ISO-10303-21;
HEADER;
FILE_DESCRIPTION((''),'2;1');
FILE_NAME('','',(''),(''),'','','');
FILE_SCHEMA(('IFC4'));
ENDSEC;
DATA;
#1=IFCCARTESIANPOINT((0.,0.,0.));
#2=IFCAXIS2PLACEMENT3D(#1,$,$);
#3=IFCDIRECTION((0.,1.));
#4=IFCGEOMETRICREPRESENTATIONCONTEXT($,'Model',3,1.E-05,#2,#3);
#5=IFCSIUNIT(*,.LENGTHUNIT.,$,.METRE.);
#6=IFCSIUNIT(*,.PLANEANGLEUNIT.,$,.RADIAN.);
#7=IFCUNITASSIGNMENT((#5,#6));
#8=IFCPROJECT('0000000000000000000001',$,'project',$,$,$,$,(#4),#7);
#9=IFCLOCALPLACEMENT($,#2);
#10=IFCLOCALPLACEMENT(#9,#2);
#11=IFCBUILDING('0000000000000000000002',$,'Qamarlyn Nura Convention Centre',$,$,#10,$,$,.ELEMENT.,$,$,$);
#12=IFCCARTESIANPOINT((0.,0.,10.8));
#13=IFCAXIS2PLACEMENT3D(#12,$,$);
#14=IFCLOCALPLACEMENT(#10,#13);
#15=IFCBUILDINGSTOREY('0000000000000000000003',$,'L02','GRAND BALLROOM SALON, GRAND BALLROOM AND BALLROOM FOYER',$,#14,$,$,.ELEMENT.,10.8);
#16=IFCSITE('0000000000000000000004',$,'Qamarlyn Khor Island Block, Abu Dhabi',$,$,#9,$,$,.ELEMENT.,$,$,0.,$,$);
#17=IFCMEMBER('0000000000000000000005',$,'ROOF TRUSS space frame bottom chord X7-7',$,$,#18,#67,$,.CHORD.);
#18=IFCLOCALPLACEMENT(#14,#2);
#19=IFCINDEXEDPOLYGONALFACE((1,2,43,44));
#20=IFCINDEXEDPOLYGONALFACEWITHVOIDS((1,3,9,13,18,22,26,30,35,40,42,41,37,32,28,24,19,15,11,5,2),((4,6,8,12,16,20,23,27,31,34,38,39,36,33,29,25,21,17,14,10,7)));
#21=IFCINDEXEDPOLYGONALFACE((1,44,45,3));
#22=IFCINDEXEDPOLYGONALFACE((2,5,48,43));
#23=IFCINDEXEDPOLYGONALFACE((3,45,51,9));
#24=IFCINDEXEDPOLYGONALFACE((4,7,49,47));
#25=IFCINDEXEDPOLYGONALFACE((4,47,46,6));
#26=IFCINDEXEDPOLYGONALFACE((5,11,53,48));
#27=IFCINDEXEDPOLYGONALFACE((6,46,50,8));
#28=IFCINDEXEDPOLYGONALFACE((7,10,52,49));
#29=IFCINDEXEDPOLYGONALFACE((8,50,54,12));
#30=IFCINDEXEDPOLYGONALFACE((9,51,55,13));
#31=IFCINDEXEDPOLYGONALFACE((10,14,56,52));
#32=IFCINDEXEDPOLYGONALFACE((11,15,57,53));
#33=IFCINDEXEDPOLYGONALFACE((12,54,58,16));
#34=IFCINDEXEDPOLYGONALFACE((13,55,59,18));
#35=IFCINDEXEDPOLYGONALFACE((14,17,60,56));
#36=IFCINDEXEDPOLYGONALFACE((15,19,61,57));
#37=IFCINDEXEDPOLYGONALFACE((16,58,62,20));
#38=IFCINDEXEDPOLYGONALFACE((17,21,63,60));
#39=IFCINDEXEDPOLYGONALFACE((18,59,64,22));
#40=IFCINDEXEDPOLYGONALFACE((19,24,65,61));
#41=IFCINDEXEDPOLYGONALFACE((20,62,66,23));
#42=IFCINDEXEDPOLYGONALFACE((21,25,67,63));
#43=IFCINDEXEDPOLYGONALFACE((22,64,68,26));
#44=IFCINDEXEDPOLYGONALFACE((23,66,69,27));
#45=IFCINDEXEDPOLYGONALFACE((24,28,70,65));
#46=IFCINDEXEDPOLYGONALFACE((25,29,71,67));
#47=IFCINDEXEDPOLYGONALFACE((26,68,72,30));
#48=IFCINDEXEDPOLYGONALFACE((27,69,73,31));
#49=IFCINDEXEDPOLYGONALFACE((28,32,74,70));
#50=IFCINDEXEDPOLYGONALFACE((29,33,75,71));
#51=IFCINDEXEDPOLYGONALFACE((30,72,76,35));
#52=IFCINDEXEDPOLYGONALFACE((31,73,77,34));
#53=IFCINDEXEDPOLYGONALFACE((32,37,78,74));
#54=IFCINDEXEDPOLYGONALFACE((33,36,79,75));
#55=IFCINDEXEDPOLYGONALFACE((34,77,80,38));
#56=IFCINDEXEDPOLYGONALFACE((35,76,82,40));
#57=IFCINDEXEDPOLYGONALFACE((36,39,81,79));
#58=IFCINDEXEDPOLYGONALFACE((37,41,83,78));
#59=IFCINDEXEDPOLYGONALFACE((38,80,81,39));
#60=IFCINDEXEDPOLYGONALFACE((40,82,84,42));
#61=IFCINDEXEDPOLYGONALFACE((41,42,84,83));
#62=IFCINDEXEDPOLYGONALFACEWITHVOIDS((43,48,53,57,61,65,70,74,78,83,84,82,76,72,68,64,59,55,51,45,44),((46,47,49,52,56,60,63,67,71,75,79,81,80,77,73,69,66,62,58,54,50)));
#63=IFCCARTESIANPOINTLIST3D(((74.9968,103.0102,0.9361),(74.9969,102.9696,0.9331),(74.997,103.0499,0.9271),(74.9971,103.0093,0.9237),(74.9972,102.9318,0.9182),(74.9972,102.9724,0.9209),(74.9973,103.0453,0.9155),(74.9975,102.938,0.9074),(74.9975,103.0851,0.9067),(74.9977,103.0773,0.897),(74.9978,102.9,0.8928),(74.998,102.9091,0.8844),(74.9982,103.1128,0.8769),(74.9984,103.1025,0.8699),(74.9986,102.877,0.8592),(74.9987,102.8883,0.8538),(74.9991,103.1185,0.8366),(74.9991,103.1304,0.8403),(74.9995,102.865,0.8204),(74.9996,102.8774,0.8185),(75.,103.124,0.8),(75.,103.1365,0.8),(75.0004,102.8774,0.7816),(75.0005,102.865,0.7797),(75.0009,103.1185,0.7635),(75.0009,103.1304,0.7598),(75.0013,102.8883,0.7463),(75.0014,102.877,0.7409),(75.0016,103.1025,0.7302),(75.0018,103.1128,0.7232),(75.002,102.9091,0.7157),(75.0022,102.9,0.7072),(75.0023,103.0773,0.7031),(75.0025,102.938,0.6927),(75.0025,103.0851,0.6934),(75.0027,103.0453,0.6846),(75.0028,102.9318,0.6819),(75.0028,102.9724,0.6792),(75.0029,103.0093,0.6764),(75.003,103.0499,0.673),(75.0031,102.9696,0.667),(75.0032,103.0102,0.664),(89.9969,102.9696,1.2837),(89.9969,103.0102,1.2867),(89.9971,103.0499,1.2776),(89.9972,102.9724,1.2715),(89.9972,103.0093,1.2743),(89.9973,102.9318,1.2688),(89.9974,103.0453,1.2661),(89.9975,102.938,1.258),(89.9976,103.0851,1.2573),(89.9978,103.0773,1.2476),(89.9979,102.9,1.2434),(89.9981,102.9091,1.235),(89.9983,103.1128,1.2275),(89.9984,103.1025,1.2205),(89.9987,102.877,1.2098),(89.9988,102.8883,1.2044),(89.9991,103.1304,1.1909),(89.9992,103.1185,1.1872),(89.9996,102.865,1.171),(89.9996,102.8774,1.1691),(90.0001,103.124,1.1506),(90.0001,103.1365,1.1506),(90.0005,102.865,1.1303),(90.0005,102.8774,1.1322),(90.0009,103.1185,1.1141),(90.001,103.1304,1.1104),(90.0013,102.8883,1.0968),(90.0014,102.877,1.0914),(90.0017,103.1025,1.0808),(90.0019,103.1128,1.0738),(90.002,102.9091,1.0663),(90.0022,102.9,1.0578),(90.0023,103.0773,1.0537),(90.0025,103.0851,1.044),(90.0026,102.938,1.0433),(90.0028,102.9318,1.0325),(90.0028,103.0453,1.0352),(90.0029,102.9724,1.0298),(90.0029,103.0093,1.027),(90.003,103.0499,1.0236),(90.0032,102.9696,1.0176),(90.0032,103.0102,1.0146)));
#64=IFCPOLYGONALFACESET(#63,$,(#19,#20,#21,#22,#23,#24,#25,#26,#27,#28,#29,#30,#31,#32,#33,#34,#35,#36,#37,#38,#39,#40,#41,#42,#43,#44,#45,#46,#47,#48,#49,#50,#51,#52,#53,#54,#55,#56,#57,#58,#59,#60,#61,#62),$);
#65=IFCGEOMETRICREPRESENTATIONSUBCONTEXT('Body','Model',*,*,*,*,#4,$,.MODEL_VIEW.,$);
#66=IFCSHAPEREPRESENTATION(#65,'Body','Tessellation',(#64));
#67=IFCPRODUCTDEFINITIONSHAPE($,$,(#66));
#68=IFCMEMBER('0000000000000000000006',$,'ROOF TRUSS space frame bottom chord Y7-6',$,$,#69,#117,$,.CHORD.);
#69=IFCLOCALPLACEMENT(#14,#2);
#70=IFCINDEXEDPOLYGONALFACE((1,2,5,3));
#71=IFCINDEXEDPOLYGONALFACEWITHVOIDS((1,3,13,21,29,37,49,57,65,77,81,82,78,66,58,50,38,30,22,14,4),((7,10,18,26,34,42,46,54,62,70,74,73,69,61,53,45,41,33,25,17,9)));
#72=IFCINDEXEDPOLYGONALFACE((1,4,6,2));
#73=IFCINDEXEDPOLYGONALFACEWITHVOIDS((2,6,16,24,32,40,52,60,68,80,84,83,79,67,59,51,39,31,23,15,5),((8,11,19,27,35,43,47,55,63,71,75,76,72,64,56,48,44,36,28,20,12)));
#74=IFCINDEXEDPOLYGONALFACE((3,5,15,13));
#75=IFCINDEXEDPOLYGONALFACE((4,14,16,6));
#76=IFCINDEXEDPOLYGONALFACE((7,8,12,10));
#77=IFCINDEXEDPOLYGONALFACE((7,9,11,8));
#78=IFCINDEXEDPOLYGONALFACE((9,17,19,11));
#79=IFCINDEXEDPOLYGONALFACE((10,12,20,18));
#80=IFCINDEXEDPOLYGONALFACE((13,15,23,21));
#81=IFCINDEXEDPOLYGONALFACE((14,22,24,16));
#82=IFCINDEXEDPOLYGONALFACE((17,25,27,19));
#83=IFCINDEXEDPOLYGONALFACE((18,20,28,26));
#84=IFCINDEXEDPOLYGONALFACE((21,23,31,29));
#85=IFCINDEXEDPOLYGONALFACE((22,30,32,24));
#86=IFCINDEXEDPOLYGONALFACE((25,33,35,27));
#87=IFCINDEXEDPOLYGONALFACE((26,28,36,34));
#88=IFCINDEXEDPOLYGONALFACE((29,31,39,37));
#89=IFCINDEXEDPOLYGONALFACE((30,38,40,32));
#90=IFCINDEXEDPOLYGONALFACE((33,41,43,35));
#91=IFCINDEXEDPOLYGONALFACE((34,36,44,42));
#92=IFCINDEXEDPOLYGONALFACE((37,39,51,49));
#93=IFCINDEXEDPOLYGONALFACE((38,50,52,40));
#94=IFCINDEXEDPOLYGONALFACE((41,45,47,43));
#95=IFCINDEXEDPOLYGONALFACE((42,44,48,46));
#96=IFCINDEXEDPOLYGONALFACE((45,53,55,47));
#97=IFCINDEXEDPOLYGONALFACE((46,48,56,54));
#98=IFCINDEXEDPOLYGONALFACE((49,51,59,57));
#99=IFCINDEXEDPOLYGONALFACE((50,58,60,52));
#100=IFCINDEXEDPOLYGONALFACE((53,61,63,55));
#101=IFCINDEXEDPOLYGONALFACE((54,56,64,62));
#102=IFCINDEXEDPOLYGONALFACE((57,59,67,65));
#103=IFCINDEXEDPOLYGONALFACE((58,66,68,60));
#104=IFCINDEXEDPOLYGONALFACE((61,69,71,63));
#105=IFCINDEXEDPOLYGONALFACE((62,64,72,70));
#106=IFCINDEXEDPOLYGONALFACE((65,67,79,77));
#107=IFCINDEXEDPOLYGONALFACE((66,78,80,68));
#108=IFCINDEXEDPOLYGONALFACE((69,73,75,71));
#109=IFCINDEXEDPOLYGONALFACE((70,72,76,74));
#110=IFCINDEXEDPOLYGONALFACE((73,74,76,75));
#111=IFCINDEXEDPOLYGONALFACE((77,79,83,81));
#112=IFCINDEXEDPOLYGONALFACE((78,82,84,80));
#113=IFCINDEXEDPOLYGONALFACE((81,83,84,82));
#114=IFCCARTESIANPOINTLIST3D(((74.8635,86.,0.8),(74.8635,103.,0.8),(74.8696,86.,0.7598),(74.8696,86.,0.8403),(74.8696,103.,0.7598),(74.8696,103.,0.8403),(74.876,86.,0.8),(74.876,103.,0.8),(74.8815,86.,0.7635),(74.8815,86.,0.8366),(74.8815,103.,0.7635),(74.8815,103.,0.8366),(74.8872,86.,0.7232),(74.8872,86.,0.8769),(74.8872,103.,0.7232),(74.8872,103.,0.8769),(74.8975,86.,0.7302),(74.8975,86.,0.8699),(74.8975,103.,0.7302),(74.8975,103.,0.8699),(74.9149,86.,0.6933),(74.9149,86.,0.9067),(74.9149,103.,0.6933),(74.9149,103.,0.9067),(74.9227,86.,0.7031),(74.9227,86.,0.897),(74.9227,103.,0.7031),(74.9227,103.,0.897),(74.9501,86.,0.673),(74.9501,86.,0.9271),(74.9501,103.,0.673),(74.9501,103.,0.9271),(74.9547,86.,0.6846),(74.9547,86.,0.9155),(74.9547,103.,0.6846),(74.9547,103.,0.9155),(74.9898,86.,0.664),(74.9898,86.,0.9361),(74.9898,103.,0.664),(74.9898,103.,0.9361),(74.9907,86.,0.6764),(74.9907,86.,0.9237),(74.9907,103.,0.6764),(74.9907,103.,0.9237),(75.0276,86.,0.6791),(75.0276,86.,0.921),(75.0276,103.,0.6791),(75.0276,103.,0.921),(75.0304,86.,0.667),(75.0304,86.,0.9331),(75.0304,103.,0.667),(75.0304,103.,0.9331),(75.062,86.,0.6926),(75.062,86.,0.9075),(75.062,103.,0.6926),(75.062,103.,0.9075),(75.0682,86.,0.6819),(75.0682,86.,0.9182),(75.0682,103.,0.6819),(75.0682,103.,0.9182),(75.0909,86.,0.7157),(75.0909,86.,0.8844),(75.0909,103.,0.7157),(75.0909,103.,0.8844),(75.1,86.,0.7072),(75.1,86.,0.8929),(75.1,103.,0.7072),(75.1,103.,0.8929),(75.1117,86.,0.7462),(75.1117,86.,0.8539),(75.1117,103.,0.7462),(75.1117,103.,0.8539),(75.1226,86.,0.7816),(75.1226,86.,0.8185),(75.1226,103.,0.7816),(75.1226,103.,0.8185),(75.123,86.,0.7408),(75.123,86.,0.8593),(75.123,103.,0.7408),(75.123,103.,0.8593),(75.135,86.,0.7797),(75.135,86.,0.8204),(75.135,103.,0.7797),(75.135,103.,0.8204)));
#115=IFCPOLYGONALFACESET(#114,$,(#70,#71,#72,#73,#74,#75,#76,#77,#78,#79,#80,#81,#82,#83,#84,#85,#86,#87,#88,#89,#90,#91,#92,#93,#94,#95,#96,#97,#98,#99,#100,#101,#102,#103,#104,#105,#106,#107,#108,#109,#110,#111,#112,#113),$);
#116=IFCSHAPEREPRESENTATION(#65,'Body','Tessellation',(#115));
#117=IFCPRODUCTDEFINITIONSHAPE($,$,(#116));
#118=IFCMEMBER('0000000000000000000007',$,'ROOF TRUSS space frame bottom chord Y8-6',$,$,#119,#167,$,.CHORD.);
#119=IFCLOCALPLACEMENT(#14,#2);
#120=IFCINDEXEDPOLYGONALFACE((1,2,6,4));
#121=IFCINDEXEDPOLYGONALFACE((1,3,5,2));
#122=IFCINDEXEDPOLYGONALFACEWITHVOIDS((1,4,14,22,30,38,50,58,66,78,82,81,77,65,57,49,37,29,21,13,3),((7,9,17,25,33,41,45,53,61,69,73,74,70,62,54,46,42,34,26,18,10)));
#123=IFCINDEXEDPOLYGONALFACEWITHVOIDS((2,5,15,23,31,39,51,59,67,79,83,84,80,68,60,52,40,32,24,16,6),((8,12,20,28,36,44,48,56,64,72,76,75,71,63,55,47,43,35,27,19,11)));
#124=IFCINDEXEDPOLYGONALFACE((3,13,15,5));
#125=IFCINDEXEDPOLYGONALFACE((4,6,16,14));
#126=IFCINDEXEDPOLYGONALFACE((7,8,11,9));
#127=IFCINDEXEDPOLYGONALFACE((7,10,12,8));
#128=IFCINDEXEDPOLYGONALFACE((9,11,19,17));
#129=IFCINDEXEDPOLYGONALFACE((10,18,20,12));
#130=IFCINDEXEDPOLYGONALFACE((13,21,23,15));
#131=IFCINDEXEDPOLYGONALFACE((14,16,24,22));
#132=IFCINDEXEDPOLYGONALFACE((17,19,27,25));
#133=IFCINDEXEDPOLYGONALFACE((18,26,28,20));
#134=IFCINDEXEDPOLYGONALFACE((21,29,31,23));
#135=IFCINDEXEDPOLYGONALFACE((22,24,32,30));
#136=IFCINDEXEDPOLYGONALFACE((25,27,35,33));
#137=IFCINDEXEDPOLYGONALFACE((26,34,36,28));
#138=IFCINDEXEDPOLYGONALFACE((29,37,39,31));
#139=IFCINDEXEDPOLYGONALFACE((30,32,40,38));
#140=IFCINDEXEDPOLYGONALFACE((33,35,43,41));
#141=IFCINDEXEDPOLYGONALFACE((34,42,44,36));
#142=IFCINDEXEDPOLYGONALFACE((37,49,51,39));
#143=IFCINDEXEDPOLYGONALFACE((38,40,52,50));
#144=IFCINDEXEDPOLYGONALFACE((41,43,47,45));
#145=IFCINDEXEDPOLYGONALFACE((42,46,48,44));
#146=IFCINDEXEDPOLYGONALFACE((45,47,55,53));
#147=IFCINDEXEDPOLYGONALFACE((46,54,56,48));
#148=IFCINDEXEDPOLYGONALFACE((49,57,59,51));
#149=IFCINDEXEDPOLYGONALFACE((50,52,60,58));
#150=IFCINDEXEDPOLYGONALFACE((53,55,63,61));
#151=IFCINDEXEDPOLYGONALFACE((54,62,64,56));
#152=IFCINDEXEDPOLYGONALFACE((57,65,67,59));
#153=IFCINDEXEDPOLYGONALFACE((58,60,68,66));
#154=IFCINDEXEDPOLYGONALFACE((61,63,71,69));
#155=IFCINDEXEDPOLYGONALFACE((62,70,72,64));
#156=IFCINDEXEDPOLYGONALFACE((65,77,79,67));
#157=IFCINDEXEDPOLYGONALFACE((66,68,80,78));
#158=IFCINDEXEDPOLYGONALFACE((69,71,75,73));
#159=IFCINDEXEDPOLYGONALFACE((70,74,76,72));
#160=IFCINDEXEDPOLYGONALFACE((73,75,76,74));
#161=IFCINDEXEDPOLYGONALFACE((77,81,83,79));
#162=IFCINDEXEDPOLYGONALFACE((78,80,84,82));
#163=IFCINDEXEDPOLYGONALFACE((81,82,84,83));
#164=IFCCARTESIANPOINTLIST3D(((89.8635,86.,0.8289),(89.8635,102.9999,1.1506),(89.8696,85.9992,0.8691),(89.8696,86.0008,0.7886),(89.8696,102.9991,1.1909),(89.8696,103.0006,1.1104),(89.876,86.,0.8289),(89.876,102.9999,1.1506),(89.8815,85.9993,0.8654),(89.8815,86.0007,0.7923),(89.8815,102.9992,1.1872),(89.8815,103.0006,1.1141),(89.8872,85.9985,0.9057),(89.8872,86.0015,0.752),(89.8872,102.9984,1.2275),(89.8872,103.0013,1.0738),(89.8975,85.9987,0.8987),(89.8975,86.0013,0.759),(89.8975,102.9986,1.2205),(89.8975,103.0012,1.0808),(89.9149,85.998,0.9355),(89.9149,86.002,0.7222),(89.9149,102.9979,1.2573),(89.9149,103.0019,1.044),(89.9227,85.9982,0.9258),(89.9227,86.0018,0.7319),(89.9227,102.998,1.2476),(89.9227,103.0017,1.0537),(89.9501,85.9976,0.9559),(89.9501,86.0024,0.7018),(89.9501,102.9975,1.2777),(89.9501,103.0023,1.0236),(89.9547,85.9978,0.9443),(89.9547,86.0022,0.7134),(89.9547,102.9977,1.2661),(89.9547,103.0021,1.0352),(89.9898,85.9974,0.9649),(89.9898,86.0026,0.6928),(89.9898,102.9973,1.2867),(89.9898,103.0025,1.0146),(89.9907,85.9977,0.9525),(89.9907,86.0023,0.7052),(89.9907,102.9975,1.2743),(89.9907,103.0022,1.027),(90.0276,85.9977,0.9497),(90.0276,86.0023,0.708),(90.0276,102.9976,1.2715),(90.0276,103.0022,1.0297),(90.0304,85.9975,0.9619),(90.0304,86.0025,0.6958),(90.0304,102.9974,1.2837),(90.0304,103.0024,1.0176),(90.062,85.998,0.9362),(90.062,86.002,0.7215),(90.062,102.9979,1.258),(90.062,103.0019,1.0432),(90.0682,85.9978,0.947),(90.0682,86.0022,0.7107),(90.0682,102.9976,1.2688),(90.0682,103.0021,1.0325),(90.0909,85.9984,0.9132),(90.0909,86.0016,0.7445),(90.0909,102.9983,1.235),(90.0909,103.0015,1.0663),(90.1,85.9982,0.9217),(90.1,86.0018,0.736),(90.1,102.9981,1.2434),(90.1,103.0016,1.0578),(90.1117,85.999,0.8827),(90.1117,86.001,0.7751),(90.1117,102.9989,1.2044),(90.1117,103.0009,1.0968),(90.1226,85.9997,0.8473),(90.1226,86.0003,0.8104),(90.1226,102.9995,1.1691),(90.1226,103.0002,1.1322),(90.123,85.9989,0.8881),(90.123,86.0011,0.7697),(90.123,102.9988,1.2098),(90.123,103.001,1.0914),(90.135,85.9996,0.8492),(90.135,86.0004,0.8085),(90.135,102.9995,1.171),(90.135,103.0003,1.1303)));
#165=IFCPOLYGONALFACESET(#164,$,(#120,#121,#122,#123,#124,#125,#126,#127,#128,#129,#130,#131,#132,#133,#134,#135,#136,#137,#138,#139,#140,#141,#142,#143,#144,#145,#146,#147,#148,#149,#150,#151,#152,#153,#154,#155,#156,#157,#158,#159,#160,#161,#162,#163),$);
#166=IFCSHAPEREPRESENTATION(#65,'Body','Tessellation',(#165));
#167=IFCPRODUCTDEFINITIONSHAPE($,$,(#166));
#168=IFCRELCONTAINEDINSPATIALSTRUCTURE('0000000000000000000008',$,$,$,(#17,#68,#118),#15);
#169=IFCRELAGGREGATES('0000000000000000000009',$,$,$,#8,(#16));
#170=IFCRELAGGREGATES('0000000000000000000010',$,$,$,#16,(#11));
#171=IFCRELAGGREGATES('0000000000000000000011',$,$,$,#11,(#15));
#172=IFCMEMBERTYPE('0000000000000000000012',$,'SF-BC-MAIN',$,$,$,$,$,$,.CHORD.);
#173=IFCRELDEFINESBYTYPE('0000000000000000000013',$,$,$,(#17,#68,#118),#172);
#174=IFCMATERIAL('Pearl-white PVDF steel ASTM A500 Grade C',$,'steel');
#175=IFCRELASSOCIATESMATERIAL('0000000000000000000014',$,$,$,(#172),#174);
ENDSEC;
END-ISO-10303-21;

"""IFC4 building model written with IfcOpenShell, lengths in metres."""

from ifc_helpers import new_model, si_unit, direction, frame, origin, origin_2d, place, context, subcontext, project, spatial, hollow_circle, extrude, material, material_profile, profile_set, type_object, element, save


model = new_model("IFC4")

# Units and contexts
model_context = context("Model", 3, precision=1e-05, world=origin(), true_north=direction((0.0, 1.0)))
body_context = subcontext(model_context, "Body", "Model", "MODEL_VIEW")
ifc_project = project(units=[si_unit("LENGTHUNIT", "METRE"), si_unit("PLANEANGLEUNIT", "RADIAN")], contexts=[model_context])

# Site, building, storey
site_placement = place(None, origin())
site = spatial("IfcSite", under=ifc_project, at=site_placement, Name="Qamarlyn Khor Island Block, Abu Dhabi", CompositionType="ELEMENT", RefElevation=0.0)
building_placement = place(site_placement, origin())
building = spatial("IfcBuilding", under=site, at=building_placement, Name="Qamarlyn Nura Convention Centre", CompositionType="ELEMENT")
storey_placement = place(building_placement, frame((0.0, 0.0, 10.8)))
storey = spatial("IfcBuildingStorey", under=building, at=storey_placement, Name="L02", Description="GRAND BALLROOM SALON, GRAND BALLROOM AND BALLROOM FOYER", CompositionType="ELEMENT", Elevation=10.8)

# Members
ifc_material_1 = material(Name="Pearl-white PVDF steel ASTM A500 Grade C", Category="steel")
ifc_material_profile_1 = material_profile(ifc_material_1, hollow_circle(Radius=0.1365, WallThickness=0.0125, at=origin_2d()), Name="CHS273X12.5")
ifc_profile_set_1 = profile_set([ifc_material_profile_1], Name="Pearl-white PVDF steel ASTM A500 Grade C")
member_type_1 = type_object("IfcMemberType", Name="SF-BC-MAIN", PredefinedType="CHORD", material=ifc_profile_set_1)
member_1_placement = place(storey_placement, frame((75.0, 103.0, 0.8), z_axis=(0.999727, 0.0, 0.023366), x_axis=(0.0, 1.0, 0.0)))
element("IfcMember", 1, at=member_1_placement, inside=storey, type_object=member_type_1, Name="ROOF TRUSS space frame bottom chord X7-7", PredefinedType="CHORD", context=body_context, shape_type="SweptSolid", body=[
    extrude(hollow_circle(Radius=0.1365, WallThickness=0.0125, at=origin_2d()), origin(), (0.0, 0.0, 1.0), 15.0042),
])
member_2_placement = place(storey_placement, frame((75.0, 86.0, 0.8), z_axis=(0.0, 1.0, 0.0), x_axis=(-1.0, 0.0, 0.0)))
element("IfcMember", 2, at=member_2_placement, inside=storey, type_object=member_type_1, Name="ROOF TRUSS space frame bottom chord Y7-6", PredefinedType="CHORD", context=body_context, shape_type="SweptSolid", body=[
    extrude(hollow_circle(Radius=0.1365, WallThickness=0.0125, at=origin_2d()), origin(), (0.0, 0.0, 1.0), 17.0),
])
member_3_placement = place(storey_placement, frame((90.0, 86.0, 0.8289), z_axis=(0.0, 0.999821, 0.018925), x_axis=(-1.0, 0.0, 0.0)))
element("IfcMember", 3, at=member_3_placement, inside=storey, type_object=member_type_1, Name="ROOF TRUSS space frame bottom chord Y8-6", PredefinedType="CHORD", context=body_context, shape_type="SweptSolid", body=[
    extrude(hollow_circle(Radius=0.1365, WallThickness=0.0125, at=origin_2d()), origin(), (0.0, 0.0, 1.0), 17.0029),
])

save(model, "model.ifc")
